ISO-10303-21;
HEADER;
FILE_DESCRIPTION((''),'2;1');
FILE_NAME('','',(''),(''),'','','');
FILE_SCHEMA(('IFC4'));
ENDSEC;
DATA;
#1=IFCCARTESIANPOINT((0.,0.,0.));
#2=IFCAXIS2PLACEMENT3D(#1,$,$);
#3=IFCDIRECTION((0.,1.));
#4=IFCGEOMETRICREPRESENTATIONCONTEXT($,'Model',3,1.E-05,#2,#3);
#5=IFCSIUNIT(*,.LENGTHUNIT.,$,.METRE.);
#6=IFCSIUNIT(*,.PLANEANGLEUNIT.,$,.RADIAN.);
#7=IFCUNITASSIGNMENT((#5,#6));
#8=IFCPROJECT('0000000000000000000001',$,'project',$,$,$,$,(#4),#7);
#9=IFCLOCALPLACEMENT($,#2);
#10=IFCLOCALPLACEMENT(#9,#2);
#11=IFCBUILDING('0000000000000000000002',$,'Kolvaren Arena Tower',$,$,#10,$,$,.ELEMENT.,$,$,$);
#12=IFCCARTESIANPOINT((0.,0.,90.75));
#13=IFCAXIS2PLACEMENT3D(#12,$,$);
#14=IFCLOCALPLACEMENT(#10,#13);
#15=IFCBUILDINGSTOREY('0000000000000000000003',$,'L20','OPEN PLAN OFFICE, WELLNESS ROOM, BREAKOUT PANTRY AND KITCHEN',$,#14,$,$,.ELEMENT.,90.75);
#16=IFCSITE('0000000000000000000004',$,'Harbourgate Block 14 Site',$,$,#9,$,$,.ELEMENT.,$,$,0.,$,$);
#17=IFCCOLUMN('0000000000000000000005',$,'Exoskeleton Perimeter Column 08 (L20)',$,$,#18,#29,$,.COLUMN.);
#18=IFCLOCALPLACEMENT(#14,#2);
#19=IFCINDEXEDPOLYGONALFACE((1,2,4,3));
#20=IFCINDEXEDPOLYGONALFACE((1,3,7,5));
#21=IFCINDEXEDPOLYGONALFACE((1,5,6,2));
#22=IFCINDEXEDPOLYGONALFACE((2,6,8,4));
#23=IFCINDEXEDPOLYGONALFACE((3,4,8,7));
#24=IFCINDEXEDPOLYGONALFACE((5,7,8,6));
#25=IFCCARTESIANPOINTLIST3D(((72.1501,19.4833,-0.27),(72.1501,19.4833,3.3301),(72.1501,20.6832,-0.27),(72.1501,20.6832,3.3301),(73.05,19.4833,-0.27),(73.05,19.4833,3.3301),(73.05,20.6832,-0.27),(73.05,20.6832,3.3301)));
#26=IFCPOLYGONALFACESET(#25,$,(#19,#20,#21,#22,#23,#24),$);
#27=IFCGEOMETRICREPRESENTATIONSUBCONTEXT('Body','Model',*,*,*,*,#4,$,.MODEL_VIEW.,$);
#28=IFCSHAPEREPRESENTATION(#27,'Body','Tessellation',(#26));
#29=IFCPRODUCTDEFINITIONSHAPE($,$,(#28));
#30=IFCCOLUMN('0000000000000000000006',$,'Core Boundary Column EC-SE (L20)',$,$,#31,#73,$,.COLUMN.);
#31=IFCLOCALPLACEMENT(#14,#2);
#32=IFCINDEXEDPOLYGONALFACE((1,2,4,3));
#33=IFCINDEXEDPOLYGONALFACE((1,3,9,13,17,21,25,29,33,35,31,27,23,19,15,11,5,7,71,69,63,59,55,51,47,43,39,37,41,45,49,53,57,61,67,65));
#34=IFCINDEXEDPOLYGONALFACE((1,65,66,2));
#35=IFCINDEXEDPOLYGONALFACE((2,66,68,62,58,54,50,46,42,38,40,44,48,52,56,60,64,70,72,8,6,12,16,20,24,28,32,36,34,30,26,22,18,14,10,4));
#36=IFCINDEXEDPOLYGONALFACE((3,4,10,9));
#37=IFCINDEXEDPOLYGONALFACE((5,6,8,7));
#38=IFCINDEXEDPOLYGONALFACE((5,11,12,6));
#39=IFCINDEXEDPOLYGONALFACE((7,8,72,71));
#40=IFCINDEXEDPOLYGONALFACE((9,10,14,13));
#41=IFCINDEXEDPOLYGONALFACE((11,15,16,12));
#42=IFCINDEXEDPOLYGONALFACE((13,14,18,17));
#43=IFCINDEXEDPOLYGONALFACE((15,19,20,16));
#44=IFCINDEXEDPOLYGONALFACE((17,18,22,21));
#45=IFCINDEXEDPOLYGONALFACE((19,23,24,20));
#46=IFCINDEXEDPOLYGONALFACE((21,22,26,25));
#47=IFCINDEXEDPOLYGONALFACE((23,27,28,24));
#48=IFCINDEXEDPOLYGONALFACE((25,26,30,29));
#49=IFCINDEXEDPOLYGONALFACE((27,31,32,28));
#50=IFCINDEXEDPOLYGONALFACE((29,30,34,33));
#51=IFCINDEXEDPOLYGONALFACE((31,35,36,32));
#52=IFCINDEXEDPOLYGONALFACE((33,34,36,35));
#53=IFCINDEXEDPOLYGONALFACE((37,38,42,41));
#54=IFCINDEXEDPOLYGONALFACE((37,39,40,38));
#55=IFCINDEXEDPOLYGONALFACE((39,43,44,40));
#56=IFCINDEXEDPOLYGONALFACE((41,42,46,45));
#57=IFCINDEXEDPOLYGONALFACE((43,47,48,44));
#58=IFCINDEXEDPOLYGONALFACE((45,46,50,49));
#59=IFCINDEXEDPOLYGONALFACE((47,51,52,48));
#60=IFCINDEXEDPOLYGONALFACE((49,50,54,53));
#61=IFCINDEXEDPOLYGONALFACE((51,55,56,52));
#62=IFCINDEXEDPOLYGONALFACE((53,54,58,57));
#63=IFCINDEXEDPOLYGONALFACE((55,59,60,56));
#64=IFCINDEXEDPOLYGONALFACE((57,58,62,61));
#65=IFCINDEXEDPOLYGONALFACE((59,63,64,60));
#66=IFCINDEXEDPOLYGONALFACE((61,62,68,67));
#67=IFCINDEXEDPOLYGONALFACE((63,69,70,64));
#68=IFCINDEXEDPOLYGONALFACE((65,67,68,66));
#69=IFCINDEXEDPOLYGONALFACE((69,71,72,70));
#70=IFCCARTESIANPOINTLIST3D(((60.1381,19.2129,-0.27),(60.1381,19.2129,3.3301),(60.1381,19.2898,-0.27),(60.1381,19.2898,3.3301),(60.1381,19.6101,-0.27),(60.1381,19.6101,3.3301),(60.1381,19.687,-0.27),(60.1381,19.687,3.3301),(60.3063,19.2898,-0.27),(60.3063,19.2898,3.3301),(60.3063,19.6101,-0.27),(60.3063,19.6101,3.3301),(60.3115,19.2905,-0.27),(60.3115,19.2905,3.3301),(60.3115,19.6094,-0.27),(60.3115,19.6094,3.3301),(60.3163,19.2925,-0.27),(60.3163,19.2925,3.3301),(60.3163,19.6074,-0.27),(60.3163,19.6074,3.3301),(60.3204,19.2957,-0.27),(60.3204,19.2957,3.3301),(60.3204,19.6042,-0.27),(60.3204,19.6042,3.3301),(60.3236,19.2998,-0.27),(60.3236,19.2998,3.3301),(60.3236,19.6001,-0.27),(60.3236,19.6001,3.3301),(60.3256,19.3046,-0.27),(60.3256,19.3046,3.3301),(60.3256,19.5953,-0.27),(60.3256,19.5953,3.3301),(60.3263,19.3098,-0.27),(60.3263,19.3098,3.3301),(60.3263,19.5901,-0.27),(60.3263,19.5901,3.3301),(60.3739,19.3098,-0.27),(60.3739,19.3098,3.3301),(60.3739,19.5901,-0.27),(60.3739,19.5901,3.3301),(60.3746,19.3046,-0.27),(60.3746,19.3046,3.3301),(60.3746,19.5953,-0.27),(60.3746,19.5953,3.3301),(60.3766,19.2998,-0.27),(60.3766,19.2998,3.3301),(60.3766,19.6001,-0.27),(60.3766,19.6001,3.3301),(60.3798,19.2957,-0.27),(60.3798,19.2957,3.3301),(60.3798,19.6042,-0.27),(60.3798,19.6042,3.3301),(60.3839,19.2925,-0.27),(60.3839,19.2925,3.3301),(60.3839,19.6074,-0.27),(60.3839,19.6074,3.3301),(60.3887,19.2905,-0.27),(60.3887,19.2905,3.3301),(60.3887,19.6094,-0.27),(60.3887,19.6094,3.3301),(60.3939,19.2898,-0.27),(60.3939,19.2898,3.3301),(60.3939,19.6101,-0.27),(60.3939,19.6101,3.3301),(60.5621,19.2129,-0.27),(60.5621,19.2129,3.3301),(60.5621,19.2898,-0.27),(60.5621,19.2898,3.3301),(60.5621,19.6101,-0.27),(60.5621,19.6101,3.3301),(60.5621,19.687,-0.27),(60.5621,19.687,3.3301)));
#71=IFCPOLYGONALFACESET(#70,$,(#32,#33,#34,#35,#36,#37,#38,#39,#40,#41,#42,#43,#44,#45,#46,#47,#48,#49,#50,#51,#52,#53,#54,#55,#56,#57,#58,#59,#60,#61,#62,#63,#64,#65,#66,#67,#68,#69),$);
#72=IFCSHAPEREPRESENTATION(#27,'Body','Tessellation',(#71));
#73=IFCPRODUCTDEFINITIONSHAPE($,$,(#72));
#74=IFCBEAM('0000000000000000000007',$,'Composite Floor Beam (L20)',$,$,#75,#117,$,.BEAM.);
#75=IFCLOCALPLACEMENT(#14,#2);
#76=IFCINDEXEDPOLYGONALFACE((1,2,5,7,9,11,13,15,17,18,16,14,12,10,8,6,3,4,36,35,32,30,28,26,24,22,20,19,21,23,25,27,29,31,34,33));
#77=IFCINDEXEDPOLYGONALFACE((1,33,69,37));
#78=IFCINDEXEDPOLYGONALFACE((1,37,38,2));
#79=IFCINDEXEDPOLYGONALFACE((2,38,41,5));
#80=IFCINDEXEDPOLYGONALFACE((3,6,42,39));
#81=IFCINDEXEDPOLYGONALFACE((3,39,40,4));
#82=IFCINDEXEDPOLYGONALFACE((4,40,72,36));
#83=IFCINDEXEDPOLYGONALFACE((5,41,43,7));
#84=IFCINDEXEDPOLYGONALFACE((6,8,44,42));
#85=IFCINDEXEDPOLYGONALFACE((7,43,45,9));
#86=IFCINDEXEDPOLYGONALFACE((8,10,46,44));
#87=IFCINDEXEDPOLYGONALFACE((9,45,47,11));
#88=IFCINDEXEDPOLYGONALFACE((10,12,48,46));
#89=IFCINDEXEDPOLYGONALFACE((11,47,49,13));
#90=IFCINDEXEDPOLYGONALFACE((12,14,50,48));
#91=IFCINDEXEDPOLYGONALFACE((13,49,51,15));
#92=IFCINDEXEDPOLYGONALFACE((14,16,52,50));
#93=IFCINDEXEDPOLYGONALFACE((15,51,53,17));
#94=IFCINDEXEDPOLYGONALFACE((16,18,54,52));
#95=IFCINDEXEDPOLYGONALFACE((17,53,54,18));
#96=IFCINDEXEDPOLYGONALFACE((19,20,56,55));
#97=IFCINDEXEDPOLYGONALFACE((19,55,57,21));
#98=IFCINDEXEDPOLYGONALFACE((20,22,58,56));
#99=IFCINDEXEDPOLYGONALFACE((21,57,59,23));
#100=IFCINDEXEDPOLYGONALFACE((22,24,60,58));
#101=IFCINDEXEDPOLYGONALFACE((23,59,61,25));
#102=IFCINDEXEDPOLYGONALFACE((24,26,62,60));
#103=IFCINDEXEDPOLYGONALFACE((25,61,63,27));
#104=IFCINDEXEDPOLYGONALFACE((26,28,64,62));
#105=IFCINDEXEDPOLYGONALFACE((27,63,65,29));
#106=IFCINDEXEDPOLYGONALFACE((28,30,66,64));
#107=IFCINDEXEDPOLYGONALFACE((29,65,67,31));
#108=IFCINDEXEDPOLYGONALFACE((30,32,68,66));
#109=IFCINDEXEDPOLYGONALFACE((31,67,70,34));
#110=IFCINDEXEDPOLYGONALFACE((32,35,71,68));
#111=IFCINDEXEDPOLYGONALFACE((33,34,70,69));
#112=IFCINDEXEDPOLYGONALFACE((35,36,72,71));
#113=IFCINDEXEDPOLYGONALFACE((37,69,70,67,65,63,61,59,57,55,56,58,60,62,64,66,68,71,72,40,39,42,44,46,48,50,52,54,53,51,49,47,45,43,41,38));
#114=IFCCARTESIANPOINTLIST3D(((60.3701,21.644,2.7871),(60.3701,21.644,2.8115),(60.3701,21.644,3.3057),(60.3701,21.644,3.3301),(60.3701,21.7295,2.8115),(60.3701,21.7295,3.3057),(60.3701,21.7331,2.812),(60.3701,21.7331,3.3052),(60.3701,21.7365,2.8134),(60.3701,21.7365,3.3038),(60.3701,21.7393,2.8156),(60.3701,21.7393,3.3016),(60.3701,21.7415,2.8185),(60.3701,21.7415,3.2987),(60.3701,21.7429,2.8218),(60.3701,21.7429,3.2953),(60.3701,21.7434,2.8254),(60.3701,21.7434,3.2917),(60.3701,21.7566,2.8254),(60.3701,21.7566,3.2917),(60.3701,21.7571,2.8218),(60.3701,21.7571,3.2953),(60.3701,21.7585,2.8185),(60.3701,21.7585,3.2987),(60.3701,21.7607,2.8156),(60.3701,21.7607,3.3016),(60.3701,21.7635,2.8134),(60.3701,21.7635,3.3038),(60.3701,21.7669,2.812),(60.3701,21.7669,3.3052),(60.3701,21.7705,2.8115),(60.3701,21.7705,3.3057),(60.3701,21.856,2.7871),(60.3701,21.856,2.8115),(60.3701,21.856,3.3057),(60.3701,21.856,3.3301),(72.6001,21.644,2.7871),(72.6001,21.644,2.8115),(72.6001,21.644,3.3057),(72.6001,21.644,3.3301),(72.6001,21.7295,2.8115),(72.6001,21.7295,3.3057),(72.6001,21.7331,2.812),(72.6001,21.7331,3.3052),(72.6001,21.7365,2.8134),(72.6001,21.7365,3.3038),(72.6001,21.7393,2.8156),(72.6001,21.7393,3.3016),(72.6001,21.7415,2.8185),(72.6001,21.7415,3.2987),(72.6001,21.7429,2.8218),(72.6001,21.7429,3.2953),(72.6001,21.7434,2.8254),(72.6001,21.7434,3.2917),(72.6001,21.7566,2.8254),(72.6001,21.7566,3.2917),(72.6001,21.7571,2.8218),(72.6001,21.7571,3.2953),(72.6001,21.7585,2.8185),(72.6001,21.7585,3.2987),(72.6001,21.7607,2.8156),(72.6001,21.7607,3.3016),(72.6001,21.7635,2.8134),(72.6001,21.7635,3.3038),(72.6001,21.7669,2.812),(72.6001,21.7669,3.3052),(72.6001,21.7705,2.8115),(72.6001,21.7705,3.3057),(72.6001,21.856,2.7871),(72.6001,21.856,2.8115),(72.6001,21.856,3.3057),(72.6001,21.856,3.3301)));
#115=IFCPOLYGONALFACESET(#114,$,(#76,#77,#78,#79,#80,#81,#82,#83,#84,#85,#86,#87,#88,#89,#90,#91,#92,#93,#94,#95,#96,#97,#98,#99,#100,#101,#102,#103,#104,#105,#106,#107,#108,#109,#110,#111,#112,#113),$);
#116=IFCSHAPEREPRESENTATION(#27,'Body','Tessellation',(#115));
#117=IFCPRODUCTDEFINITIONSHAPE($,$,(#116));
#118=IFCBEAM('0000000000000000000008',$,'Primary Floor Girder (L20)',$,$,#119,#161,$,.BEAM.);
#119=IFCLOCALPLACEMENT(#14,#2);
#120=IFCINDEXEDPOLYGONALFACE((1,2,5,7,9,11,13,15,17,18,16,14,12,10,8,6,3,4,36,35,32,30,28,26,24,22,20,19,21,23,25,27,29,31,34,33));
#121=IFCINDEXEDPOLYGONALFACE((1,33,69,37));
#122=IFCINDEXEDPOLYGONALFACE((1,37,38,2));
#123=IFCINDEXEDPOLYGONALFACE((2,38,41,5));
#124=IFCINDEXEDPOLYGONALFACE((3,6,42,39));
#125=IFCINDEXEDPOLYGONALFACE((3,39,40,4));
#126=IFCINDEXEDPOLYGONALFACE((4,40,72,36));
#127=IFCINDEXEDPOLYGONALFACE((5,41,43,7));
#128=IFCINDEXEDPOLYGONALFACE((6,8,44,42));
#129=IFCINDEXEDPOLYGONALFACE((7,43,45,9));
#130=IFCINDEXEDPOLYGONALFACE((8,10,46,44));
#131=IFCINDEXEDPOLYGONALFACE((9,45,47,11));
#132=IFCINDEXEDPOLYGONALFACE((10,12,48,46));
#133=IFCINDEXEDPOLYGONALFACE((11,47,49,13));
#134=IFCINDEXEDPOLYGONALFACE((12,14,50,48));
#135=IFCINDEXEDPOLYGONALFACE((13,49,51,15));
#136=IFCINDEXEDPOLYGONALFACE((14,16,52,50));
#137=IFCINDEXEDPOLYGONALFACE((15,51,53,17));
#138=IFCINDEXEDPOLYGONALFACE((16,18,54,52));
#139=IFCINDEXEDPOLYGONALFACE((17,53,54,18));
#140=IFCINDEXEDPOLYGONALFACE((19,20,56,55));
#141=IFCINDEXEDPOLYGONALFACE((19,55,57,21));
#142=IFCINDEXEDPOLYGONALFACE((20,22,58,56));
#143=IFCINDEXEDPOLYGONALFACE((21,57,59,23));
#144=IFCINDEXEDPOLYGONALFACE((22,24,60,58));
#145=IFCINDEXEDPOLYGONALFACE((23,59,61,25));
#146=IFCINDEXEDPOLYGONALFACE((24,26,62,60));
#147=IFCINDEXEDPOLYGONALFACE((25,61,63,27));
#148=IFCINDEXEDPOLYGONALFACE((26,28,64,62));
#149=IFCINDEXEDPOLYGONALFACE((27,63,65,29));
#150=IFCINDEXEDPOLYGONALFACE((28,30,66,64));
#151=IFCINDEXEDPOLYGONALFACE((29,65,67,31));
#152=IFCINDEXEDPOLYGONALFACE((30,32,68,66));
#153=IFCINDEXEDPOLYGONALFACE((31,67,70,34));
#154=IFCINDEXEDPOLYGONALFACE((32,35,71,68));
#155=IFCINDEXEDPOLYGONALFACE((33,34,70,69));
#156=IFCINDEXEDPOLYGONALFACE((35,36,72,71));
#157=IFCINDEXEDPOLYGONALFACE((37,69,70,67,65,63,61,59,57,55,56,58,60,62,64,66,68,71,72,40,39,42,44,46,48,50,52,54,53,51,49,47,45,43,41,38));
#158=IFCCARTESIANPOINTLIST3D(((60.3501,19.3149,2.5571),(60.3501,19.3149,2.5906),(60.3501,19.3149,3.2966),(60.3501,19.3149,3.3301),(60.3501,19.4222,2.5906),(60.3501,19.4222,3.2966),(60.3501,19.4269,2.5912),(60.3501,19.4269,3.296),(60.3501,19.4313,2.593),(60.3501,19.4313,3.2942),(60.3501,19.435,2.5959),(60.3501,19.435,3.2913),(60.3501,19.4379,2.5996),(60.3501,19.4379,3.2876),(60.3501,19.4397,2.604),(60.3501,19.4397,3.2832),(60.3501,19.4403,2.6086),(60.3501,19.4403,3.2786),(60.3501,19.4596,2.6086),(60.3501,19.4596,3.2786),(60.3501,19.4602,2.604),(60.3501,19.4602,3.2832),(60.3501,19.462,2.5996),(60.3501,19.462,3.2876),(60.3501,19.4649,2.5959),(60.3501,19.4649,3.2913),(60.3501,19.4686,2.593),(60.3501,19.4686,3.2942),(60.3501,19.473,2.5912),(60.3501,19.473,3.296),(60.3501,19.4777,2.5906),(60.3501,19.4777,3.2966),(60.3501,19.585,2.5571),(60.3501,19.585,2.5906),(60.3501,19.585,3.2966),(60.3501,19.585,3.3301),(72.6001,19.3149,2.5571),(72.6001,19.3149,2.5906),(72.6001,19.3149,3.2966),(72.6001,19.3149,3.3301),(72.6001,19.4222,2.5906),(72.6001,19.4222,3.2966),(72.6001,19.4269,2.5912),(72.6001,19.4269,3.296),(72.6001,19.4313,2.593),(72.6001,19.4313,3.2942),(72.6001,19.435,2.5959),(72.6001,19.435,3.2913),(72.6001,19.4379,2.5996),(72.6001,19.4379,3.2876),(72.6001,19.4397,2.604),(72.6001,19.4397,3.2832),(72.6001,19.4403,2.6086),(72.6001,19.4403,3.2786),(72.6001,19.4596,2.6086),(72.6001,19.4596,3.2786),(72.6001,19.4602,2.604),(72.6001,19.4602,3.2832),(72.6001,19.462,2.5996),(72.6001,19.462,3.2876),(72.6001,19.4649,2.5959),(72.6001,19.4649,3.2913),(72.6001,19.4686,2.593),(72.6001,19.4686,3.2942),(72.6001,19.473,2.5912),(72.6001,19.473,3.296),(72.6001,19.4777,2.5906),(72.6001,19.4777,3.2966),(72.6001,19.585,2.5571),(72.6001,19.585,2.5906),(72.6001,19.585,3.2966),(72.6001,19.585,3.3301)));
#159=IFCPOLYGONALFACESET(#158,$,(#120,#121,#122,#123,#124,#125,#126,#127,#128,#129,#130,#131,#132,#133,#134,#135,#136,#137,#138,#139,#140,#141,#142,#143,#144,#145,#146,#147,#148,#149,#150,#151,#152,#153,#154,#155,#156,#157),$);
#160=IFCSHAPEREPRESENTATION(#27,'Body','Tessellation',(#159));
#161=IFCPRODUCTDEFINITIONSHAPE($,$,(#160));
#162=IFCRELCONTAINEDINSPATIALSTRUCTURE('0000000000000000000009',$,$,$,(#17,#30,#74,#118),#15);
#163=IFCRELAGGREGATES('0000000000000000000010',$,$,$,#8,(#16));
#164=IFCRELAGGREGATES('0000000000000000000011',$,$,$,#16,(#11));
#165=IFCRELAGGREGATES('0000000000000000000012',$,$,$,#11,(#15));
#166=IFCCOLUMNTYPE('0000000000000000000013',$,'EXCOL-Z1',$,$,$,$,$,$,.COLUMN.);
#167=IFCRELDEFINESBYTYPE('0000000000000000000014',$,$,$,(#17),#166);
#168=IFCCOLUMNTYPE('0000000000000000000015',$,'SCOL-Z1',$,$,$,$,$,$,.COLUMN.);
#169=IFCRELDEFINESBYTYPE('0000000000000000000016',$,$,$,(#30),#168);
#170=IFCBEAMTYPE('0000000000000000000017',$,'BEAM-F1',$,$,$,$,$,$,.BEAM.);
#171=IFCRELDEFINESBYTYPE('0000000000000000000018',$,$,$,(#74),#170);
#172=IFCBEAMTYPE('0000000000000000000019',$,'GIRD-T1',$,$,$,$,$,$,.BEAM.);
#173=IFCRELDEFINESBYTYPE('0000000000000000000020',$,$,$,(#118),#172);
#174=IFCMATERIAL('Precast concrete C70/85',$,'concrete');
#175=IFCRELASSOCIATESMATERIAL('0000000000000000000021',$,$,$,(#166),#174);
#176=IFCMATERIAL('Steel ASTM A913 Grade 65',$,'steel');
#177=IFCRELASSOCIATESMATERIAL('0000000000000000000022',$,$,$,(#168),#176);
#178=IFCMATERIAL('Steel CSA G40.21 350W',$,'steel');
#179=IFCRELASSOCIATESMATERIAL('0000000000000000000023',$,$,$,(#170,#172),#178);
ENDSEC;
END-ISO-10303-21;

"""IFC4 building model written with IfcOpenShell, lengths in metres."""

from ifc_helpers import new_model, si_unit, direction, frame, origin, origin_2d, place, context, subcontext, project, spatial, rectangle, i_section, extrude, material, material_profile, profile_set, type_object, element, save


model = new_model("IFC4")

# Units and contexts
model_context = context("Model", 3, precision=1e-05, world=origin(), true_north=direction((0.0, 1.0)))
body_context = subcontext(model_context, "Body", "Model", "MODEL_VIEW")
ifc_project = project(units=[si_unit("LENGTHUNIT", "METRE"), si_unit("PLANEANGLEUNIT", "RADIAN")], contexts=[model_context])

# Site, building, storey
site_placement = place(None, origin())
site = spatial("IfcSite", under=ifc_project, at=site_placement, Name="Harbourgate Block 14 Site", CompositionType="ELEMENT", RefElevation=0.0)
building_placement = place(site_placement, origin())
building = spatial("IfcBuilding", under=site, at=building_placement, Name="Kolvaren Arena Tower", CompositionType="ELEMENT")
storey_placement = place(building_placement, frame((0.0, 0.0, 90.75)))
storey = spatial("IfcBuildingStorey", under=building, at=storey_placement, Name="L20", Description="OPEN PLAN OFFICE, WELLNESS ROOM, BREAKOUT PANTRY AND KITCHEN", CompositionType="ELEMENT", Elevation=90.75)

# Columns
ifc_material_1 = material(Name="Precast concrete C70/85", Category="concrete")
ifc_material_profile_1 = material_profile(ifc_material_1, rectangle(XDim=1.2, YDim=0.8999, at=origin_2d()), Name="RC-1200x900")
ifc_profile_set_1 = profile_set([ifc_material_profile_1], Name="Precast concrete C70/85")
column_type_1 = type_object("IfcColumnType", Name="EXCOL-Z1", PredefinedType="COLUMN", material=ifc_profile_set_1)
column_1_placement = place(storey_placement, frame((72.6001, 20.0833, -0.27), z_axis=(0.0, 0.0, 1.0), x_axis=(0.0, 1.0, 0.0)))
element("IfcColumn", 1, at=column_1_placement, inside=storey, type_object=column_type_1, Name="Exoskeleton Perimeter Column 08 (L20)", PredefinedType="COLUMN", context=body_context, shape_type="SweptSolid", body=[
    extrude(rectangle(XDim=1.2, YDim=0.8999, at=origin_2d()), origin(), (0.0, 0.0, 1.0), 3.6001),
])
ifc_material_2 = material(Name="Steel ASTM A913 Grade 65", Category="steel")
ifc_material_profile_2 = material_profile(ifc_material_2, i_section(OverallWidth=0.4241, OverallDepth=0.4741, WebThickness=0.0476, FlangeThickness=0.0769, FilletRadius=0.02, at=origin_2d()), Name="W360x634")
ifc_profile_set_2 = profile_set([ifc_material_profile_2], Name="Steel ASTM A913 Grade 65")
column_type_2 = type_object("IfcColumnType", Name="SCOL-Z1", PredefinedType="COLUMN", material=ifc_profile_set_2)
column_2_placement = place(storey_placement, frame((60.3501, 19.45, -0.27), z_axis=(0.0, 0.0, 1.0), x_axis=(1.0, 0.0, 0.0)))
element("IfcColumn", 2, at=column_2_placement, inside=storey, type_object=column_type_2, Name="Core Boundary Column EC-SE (L20)", PredefinedType="COLUMN", context=body_context, shape_type="SweptSolid", body=[
    extrude(i_section(OverallWidth=0.4241, OverallDepth=0.4741, WebThickness=0.0476, FlangeThickness=0.0769, FilletRadius=0.02, at=origin_2d()), origin(), (0.0, 0.0, 1.0), 3.6001),
])

# Beams
ifc_material_3 = material(Name="Steel CSA G40.21 350W", Category="steel")
ifc_material_profile_3 = material_profile(ifc_material_3, i_section(OverallWidth=0.2119, OverallDepth=0.543, WebThickness=0.0132, FlangeThickness=0.0244, FilletRadius=0.0139, at=origin_2d()), Name="W530x150")
ifc_profile_set_3 = profile_set([ifc_material_profile_3], Name="Steel CSA G40.21 350W")
beam_type_1 = type_object("IfcBeamType", Name="BEAM-F1", PredefinedType="BEAM", material=ifc_profile_set_3)
beam_1_placement = place(storey_placement, frame((60.3701, 21.75, 3.0586), z_axis=(1.0, 0.0, 0.0), x_axis=(0.0, 1.0, 0.0)))
element("IfcBeam", 3, at=beam_1_placement, inside=storey, type_object=beam_type_1, Name="Composite Floor Beam (L20)", PredefinedType="BEAM", context=body_context, shape_type="SweptSolid", body=[
    extrude(i_section(OverallWidth=0.2119, OverallDepth=0.543, WebThickness=0.0132, FlangeThickness=0.0244, FilletRadius=0.0139, at=origin_2d()), origin(), (0.0, 0.0, 1.0), 12.23),
])
ifc_material_profile_4 = material_profile(ifc_material_3, i_section(OverallWidth=0.27, OverallDepth=0.7729, WebThickness=0.0193, FlangeThickness=0.0334, FilletRadius=0.0181, at=origin_2d()), Name="W760x257")
ifc_profile_set_4 = profile_set([ifc_material_profile_4], Name="Steel CSA G40.21 350W")
beam_type_2 = type_object("IfcBeamType", Name="GIRD-T1", PredefinedType="BEAM", material=ifc_profile_set_4)
beam_2_placement = place(storey_placement, frame((60.3501, 19.45, 2.9436), z_axis=(1.0, 0.0, 0.0), x_axis=(0.0, 1.0, 0.0)))
element("IfcBeam", 4, at=beam_2_placement, inside=storey, type_object=beam_type_2, Name="Primary Floor Girder (L20)", PredefinedType="BEAM", context=body_context, shape_type="SweptSolid", body=[
    extrude(i_section(OverallWidth=0.27, OverallDepth=0.7729, WebThickness=0.0193, FlangeThickness=0.0334, FilletRadius=0.0181, at=origin_2d()), origin(), (0.0, 0.0, 1.0), 12.25),
])

save(model, "model.ifc")
